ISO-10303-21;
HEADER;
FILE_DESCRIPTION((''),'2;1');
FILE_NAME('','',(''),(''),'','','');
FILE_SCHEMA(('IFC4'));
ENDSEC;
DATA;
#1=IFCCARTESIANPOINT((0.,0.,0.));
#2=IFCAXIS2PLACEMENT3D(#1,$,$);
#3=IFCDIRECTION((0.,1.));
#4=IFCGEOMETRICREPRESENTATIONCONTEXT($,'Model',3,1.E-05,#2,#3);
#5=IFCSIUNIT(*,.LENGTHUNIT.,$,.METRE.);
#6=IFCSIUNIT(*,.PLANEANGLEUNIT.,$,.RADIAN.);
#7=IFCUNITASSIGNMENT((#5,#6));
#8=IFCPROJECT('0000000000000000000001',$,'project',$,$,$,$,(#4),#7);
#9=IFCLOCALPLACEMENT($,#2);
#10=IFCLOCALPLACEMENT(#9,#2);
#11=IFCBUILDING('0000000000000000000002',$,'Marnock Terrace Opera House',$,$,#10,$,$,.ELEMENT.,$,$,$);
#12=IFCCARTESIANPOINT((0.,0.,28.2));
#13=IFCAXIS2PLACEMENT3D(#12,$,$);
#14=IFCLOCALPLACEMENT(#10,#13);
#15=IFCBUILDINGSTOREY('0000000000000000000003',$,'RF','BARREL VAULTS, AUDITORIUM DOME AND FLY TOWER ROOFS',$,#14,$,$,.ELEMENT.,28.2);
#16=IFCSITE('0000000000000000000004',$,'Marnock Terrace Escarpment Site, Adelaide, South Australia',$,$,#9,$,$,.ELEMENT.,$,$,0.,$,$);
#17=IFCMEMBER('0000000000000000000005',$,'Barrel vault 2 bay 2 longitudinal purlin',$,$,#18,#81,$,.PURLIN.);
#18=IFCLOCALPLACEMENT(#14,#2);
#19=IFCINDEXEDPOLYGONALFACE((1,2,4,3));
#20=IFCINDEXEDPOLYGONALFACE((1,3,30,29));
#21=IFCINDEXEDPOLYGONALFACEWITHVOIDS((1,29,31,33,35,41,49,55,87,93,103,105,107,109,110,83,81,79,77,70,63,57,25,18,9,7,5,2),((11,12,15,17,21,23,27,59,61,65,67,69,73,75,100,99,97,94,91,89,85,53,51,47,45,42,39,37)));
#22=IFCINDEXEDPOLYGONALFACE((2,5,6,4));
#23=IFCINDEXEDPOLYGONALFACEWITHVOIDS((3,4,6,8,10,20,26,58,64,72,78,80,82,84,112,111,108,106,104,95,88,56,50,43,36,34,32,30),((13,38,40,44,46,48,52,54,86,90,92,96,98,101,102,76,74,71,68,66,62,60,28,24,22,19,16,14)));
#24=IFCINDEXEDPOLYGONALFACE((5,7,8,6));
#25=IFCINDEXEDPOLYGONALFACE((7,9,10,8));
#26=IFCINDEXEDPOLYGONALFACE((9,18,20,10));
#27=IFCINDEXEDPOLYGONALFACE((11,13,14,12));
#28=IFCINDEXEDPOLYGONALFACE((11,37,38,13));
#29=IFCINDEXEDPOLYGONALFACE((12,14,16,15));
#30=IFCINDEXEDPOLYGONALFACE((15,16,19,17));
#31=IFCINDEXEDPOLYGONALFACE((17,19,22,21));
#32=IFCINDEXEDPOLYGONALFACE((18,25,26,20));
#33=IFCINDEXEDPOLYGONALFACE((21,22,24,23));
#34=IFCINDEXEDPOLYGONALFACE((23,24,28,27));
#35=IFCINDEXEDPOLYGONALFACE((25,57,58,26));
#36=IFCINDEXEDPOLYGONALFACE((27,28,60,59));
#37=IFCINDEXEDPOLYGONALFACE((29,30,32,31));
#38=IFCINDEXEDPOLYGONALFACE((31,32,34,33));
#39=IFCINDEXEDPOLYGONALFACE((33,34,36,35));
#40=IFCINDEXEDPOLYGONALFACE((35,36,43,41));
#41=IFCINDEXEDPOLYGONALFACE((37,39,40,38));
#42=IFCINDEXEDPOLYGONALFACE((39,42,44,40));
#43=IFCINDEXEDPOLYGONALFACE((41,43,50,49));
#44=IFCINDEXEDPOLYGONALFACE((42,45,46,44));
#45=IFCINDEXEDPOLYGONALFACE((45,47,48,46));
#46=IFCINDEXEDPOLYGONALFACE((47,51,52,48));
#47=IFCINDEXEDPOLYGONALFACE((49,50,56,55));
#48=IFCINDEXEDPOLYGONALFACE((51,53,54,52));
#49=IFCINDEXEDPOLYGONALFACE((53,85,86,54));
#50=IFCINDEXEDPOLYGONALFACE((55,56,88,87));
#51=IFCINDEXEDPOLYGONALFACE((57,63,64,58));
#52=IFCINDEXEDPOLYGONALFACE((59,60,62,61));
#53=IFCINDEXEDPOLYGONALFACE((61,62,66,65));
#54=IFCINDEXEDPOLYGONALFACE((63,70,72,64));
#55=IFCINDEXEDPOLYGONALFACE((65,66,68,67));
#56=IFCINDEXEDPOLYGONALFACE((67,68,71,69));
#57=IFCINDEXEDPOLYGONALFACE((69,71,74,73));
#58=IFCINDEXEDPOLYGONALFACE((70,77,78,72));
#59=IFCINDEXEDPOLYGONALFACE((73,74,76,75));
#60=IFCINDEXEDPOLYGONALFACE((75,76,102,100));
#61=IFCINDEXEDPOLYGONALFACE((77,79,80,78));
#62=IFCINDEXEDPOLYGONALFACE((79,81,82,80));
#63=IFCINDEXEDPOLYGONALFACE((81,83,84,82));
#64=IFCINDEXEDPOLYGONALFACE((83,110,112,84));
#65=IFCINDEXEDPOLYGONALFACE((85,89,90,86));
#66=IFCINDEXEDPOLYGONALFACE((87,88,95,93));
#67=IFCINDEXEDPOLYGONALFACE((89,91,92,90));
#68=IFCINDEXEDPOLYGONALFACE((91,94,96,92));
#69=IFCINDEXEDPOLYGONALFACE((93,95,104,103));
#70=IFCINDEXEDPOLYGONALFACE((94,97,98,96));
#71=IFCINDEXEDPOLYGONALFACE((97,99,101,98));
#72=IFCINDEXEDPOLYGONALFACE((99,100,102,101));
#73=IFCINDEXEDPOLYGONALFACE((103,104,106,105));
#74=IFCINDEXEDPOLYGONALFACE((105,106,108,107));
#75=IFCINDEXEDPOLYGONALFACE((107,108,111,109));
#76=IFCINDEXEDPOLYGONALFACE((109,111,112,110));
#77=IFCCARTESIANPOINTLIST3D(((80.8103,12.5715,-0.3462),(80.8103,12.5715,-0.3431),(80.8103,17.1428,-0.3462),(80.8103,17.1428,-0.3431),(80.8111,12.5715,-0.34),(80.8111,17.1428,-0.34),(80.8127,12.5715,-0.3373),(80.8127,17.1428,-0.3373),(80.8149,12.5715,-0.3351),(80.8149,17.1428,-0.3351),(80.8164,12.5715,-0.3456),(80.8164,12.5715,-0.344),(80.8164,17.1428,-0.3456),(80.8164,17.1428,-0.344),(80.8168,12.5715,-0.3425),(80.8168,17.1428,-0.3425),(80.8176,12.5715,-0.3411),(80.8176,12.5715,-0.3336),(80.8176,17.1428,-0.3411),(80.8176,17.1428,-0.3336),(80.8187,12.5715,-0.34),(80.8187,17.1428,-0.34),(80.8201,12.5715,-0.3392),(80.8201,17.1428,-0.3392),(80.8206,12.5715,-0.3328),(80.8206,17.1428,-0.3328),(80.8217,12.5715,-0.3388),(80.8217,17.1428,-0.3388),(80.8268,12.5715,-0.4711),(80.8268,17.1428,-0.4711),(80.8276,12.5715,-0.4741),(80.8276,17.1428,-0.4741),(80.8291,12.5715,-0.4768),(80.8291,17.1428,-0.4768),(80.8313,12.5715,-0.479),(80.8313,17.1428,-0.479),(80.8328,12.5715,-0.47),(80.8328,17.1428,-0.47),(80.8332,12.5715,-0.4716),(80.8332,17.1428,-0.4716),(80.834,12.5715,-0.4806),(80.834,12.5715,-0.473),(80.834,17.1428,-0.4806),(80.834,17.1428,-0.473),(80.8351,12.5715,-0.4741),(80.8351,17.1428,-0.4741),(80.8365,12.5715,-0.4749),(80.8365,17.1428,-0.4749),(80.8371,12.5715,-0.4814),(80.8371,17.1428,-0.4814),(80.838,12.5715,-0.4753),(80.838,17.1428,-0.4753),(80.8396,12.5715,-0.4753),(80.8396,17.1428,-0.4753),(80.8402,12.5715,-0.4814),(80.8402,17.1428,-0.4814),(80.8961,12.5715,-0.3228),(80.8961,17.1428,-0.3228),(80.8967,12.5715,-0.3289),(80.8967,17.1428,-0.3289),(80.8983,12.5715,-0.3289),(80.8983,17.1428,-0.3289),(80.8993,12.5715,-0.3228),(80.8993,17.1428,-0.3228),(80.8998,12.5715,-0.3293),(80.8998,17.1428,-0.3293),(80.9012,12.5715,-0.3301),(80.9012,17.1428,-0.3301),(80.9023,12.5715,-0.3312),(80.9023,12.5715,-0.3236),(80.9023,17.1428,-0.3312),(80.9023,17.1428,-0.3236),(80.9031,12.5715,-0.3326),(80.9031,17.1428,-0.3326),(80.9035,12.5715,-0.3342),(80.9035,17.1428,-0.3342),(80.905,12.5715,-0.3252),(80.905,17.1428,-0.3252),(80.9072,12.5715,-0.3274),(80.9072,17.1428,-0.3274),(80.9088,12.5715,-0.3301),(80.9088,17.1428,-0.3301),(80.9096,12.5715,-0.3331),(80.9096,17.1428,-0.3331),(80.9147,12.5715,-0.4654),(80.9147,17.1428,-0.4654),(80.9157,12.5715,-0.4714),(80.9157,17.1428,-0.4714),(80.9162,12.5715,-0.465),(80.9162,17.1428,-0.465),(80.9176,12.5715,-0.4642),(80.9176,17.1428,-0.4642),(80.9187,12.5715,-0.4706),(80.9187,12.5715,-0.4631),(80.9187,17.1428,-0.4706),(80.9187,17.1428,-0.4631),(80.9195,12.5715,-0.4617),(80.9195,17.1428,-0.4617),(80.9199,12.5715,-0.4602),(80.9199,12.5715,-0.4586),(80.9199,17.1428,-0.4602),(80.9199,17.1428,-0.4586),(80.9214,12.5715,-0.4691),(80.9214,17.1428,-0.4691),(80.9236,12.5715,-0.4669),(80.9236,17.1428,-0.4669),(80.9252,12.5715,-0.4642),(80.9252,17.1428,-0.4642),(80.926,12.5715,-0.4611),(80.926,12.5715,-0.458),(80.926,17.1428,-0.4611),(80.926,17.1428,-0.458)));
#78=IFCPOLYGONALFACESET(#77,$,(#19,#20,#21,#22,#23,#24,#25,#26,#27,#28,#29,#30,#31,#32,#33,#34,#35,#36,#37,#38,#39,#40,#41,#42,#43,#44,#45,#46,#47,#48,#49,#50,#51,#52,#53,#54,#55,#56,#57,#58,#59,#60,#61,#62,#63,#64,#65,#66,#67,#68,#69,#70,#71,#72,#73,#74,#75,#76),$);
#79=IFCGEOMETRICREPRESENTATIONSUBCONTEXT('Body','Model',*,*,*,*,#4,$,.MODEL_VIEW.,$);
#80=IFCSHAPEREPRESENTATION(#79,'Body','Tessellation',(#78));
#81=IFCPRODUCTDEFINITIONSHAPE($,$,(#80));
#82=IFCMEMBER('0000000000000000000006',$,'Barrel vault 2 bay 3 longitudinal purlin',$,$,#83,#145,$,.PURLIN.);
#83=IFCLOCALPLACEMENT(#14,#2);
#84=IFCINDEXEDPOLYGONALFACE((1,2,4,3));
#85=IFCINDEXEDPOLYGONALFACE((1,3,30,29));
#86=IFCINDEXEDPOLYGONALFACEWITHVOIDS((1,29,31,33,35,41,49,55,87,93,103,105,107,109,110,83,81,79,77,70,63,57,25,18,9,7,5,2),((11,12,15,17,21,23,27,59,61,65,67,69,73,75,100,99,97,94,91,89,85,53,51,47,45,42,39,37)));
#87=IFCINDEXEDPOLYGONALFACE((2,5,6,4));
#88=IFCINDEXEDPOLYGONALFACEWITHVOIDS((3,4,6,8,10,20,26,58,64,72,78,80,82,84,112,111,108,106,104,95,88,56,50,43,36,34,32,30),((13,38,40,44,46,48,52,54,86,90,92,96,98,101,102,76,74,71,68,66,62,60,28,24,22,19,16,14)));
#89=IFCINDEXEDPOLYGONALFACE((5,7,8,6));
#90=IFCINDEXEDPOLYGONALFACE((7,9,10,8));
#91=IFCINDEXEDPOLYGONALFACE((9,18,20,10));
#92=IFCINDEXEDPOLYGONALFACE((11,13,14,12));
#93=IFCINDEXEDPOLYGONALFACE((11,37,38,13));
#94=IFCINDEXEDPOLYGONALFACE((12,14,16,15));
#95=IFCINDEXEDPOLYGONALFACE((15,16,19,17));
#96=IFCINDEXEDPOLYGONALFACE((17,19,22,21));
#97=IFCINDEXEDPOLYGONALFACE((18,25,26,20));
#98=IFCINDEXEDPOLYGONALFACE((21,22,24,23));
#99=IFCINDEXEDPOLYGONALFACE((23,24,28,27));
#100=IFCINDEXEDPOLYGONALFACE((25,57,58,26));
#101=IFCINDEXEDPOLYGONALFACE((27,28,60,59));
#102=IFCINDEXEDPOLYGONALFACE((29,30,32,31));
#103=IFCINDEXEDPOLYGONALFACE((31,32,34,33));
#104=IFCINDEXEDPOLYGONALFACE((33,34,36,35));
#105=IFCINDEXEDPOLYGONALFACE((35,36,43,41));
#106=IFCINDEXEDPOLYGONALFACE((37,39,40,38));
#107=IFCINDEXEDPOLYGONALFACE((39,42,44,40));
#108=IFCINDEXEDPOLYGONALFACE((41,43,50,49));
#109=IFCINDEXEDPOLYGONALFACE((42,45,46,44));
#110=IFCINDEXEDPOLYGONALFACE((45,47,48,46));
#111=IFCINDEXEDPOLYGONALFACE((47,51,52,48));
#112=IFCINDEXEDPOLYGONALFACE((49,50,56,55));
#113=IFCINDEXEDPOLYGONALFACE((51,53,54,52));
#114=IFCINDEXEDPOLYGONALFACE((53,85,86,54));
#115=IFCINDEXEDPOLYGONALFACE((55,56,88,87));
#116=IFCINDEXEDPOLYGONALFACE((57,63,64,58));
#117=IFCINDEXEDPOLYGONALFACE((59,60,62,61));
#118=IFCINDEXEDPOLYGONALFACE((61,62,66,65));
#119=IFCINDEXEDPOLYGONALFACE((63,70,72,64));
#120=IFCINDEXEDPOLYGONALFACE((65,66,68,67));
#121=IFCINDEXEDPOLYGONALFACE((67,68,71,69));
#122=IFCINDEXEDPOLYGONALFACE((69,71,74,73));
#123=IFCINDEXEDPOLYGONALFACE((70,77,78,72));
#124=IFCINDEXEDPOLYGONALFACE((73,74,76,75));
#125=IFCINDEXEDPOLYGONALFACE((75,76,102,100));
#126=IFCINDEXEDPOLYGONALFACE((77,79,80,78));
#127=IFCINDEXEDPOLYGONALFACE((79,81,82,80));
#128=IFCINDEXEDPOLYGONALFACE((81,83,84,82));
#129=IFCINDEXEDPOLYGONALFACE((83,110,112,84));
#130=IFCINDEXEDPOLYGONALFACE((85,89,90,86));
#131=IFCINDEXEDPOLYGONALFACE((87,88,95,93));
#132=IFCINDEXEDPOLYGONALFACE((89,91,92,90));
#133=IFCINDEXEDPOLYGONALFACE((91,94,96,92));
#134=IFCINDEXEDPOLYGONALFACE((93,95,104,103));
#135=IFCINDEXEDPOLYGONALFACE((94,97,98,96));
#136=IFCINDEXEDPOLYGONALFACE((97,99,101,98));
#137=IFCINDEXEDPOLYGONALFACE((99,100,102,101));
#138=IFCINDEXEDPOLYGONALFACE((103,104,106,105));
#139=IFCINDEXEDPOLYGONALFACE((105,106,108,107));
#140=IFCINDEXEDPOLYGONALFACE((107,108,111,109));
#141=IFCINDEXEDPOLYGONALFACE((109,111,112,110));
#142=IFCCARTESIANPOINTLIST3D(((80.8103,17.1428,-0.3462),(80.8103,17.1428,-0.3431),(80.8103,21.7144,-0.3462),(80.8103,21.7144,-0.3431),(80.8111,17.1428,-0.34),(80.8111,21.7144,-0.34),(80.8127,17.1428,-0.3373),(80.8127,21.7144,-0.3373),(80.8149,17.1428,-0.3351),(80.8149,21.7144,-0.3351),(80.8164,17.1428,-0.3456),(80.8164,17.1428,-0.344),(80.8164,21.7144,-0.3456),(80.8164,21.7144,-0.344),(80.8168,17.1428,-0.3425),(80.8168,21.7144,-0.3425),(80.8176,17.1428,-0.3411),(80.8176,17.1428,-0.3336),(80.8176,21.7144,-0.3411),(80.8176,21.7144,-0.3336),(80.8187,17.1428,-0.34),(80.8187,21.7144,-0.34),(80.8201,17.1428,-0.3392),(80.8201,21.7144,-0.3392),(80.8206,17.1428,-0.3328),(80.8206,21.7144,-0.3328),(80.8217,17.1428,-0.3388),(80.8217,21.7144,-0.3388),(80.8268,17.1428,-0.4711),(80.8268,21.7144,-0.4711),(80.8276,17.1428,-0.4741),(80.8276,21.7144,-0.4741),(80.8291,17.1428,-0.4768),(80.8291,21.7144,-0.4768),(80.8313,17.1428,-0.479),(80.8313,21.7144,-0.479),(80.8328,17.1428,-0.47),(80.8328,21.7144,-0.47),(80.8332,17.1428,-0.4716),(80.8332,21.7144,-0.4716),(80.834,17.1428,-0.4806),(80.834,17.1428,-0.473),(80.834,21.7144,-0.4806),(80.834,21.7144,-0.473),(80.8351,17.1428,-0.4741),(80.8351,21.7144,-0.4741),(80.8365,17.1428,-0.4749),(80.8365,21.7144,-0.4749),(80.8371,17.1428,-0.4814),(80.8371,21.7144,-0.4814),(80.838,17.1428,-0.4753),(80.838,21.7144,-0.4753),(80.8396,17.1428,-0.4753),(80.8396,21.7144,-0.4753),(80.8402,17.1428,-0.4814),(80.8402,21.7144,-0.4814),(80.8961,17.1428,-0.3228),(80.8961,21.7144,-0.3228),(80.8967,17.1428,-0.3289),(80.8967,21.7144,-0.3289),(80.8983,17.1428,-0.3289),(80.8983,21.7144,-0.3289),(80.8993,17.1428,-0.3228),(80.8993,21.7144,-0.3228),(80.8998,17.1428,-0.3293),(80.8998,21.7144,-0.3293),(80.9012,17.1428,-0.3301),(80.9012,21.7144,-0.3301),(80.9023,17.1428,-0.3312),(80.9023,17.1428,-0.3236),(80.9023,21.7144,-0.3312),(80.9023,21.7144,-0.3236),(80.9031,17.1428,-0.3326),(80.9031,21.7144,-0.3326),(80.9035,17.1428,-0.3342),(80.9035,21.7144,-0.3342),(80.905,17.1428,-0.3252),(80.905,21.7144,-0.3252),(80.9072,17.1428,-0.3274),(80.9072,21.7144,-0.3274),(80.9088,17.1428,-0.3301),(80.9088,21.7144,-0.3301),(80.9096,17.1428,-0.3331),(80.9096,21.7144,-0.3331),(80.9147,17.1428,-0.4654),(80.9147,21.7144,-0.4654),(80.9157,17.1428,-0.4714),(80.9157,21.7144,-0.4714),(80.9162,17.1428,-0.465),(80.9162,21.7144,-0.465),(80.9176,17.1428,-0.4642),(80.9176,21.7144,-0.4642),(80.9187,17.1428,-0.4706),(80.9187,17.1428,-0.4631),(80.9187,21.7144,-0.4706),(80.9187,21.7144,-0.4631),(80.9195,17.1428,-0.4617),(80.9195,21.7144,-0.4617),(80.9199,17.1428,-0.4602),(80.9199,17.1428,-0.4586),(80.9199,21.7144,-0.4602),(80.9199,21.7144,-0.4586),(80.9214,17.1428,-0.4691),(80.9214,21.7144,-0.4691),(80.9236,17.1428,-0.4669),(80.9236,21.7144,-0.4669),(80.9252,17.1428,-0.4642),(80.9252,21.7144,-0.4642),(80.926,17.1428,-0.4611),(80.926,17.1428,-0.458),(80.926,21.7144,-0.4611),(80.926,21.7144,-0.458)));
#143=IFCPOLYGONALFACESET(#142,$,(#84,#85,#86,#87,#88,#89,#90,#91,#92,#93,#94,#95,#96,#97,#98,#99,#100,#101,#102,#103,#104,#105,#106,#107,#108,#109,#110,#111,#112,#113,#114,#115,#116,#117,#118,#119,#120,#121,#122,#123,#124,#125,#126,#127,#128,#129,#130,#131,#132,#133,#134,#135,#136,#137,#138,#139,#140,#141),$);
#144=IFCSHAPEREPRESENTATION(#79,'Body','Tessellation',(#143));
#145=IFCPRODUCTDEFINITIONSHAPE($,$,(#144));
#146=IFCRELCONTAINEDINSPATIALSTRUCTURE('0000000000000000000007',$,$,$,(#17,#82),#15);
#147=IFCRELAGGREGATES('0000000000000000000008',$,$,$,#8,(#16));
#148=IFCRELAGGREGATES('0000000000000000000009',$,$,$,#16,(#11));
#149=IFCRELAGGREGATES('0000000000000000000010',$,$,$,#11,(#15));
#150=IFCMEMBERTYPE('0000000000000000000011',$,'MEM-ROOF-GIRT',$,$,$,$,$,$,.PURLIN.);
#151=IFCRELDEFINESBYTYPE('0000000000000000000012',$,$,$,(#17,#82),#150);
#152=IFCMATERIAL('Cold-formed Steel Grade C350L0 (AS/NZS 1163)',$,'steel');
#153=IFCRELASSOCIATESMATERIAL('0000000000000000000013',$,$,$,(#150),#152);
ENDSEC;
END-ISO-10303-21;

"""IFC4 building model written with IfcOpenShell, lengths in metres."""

from ifc_helpers import new_model, si_unit, direction, frame, origin, origin_2d, place, context, subcontext, project, spatial, hollow_rectangle, extrude, material, material_profile, profile_set, type_object, element, save


model = new_model("IFC4")

# Units and contexts
model_context = context("Model", 3, precision=1e-05, world=origin(), true_north=direction((0.0, 1.0)))
body_context = subcontext(model_context, "Body", "Model", "MODEL_VIEW")
ifc_project = project(units=[si_unit("LENGTHUNIT", "METRE"), si_unit("PLANEANGLEUNIT", "RADIAN")], contexts=[model_context])

# Site, building, storey
site_placement = place(None, origin())
site = spatial("IfcSite", under=ifc_project, at=site_placement, Name="Marnock Terrace Escarpment Site, Adelaide, South Australia", CompositionType="ELEMENT", RefElevation=0.0)
building_placement = place(site_placement, origin())
building = spatial("IfcBuilding", under=site, at=building_placement, Name="Marnock Terrace Opera House", CompositionType="ELEMENT")
storey_placement = place(building_placement, frame((0.0, 0.0, 28.2)))
storey = spatial("IfcBuildingStorey", under=building, at=storey_placement, Name="RF", Description="BARREL VAULTS, AUDITORIUM DOME AND FLY TOWER ROOFS", CompositionType="ELEMENT", Elevation=28.2)

# Members
ifc_material = material(Name="Cold-formed Steel Grade C350L0 (AS/NZS 1163)", Category="steel")
ifc_material_profile_1 = material_profile(ifc_material, hollow_rectangle(XDim=0.1001, YDim=0.1499, WallThickness=0.0061, InnerFilletRadius=0.0061, OuterFilletRadius=0.012, at=origin_2d()))
ifc_profile_set_1 = profile_set([ifc_material_profile_1], Name="Cold-formed Steel Grade C350L0 (AS/NZS 1163)")
member_type_1 = type_object("IfcMemberType", Name="MEM-ROOF-GIRT", PredefinedType="PURLIN", material=ifc_profile_set_1)
member_1_placement = place(storey_placement, frame((80.8682, 12.5715, -0.4021), z_axis=(0.0, 1.0, 0.0), x_axis=(-0.991445, 0.0, -0.130526)))
element("IfcMember", 1, at=member_1_placement, inside=storey, type_object=member_type_1, Name="Barrel vault 2 bay 2 longitudinal purlin", PredefinedType="PURLIN", context=body_context, shape_type="SweptSolid", body=[
    extrude(hollow_rectangle(XDim=0.1001, YDim=0.1499, WallThickness=0.0061, InnerFilletRadius=0.0061, OuterFilletRadius=0.012, at=origin_2d()), origin(), (0.0, 0.0, 1.0), 4.5713),
])
member_2_placement = place(storey_placement, frame((80.8682, 17.1428, -0.4021), z_axis=(0.0, 1.0, 0.0), x_axis=(-0.991445, 0.0, -0.130526)))
element("IfcMember", 2, at=member_2_placement, inside=storey, type_object=member_type_1, Name="Barrel vault 2 bay 3 longitudinal purlin", PredefinedType="PURLIN", context=body_context, shape_type="SweptSolid", body=[
    extrude(hollow_rectangle(XDim=0.1001, YDim=0.1499, WallThickness=0.0061, InnerFilletRadius=0.0061, OuterFilletRadius=0.012, at=origin_2d()), origin(), (0.0, 0.0, 1.0), 4.5715),
])

save(model, "model.ifc")
